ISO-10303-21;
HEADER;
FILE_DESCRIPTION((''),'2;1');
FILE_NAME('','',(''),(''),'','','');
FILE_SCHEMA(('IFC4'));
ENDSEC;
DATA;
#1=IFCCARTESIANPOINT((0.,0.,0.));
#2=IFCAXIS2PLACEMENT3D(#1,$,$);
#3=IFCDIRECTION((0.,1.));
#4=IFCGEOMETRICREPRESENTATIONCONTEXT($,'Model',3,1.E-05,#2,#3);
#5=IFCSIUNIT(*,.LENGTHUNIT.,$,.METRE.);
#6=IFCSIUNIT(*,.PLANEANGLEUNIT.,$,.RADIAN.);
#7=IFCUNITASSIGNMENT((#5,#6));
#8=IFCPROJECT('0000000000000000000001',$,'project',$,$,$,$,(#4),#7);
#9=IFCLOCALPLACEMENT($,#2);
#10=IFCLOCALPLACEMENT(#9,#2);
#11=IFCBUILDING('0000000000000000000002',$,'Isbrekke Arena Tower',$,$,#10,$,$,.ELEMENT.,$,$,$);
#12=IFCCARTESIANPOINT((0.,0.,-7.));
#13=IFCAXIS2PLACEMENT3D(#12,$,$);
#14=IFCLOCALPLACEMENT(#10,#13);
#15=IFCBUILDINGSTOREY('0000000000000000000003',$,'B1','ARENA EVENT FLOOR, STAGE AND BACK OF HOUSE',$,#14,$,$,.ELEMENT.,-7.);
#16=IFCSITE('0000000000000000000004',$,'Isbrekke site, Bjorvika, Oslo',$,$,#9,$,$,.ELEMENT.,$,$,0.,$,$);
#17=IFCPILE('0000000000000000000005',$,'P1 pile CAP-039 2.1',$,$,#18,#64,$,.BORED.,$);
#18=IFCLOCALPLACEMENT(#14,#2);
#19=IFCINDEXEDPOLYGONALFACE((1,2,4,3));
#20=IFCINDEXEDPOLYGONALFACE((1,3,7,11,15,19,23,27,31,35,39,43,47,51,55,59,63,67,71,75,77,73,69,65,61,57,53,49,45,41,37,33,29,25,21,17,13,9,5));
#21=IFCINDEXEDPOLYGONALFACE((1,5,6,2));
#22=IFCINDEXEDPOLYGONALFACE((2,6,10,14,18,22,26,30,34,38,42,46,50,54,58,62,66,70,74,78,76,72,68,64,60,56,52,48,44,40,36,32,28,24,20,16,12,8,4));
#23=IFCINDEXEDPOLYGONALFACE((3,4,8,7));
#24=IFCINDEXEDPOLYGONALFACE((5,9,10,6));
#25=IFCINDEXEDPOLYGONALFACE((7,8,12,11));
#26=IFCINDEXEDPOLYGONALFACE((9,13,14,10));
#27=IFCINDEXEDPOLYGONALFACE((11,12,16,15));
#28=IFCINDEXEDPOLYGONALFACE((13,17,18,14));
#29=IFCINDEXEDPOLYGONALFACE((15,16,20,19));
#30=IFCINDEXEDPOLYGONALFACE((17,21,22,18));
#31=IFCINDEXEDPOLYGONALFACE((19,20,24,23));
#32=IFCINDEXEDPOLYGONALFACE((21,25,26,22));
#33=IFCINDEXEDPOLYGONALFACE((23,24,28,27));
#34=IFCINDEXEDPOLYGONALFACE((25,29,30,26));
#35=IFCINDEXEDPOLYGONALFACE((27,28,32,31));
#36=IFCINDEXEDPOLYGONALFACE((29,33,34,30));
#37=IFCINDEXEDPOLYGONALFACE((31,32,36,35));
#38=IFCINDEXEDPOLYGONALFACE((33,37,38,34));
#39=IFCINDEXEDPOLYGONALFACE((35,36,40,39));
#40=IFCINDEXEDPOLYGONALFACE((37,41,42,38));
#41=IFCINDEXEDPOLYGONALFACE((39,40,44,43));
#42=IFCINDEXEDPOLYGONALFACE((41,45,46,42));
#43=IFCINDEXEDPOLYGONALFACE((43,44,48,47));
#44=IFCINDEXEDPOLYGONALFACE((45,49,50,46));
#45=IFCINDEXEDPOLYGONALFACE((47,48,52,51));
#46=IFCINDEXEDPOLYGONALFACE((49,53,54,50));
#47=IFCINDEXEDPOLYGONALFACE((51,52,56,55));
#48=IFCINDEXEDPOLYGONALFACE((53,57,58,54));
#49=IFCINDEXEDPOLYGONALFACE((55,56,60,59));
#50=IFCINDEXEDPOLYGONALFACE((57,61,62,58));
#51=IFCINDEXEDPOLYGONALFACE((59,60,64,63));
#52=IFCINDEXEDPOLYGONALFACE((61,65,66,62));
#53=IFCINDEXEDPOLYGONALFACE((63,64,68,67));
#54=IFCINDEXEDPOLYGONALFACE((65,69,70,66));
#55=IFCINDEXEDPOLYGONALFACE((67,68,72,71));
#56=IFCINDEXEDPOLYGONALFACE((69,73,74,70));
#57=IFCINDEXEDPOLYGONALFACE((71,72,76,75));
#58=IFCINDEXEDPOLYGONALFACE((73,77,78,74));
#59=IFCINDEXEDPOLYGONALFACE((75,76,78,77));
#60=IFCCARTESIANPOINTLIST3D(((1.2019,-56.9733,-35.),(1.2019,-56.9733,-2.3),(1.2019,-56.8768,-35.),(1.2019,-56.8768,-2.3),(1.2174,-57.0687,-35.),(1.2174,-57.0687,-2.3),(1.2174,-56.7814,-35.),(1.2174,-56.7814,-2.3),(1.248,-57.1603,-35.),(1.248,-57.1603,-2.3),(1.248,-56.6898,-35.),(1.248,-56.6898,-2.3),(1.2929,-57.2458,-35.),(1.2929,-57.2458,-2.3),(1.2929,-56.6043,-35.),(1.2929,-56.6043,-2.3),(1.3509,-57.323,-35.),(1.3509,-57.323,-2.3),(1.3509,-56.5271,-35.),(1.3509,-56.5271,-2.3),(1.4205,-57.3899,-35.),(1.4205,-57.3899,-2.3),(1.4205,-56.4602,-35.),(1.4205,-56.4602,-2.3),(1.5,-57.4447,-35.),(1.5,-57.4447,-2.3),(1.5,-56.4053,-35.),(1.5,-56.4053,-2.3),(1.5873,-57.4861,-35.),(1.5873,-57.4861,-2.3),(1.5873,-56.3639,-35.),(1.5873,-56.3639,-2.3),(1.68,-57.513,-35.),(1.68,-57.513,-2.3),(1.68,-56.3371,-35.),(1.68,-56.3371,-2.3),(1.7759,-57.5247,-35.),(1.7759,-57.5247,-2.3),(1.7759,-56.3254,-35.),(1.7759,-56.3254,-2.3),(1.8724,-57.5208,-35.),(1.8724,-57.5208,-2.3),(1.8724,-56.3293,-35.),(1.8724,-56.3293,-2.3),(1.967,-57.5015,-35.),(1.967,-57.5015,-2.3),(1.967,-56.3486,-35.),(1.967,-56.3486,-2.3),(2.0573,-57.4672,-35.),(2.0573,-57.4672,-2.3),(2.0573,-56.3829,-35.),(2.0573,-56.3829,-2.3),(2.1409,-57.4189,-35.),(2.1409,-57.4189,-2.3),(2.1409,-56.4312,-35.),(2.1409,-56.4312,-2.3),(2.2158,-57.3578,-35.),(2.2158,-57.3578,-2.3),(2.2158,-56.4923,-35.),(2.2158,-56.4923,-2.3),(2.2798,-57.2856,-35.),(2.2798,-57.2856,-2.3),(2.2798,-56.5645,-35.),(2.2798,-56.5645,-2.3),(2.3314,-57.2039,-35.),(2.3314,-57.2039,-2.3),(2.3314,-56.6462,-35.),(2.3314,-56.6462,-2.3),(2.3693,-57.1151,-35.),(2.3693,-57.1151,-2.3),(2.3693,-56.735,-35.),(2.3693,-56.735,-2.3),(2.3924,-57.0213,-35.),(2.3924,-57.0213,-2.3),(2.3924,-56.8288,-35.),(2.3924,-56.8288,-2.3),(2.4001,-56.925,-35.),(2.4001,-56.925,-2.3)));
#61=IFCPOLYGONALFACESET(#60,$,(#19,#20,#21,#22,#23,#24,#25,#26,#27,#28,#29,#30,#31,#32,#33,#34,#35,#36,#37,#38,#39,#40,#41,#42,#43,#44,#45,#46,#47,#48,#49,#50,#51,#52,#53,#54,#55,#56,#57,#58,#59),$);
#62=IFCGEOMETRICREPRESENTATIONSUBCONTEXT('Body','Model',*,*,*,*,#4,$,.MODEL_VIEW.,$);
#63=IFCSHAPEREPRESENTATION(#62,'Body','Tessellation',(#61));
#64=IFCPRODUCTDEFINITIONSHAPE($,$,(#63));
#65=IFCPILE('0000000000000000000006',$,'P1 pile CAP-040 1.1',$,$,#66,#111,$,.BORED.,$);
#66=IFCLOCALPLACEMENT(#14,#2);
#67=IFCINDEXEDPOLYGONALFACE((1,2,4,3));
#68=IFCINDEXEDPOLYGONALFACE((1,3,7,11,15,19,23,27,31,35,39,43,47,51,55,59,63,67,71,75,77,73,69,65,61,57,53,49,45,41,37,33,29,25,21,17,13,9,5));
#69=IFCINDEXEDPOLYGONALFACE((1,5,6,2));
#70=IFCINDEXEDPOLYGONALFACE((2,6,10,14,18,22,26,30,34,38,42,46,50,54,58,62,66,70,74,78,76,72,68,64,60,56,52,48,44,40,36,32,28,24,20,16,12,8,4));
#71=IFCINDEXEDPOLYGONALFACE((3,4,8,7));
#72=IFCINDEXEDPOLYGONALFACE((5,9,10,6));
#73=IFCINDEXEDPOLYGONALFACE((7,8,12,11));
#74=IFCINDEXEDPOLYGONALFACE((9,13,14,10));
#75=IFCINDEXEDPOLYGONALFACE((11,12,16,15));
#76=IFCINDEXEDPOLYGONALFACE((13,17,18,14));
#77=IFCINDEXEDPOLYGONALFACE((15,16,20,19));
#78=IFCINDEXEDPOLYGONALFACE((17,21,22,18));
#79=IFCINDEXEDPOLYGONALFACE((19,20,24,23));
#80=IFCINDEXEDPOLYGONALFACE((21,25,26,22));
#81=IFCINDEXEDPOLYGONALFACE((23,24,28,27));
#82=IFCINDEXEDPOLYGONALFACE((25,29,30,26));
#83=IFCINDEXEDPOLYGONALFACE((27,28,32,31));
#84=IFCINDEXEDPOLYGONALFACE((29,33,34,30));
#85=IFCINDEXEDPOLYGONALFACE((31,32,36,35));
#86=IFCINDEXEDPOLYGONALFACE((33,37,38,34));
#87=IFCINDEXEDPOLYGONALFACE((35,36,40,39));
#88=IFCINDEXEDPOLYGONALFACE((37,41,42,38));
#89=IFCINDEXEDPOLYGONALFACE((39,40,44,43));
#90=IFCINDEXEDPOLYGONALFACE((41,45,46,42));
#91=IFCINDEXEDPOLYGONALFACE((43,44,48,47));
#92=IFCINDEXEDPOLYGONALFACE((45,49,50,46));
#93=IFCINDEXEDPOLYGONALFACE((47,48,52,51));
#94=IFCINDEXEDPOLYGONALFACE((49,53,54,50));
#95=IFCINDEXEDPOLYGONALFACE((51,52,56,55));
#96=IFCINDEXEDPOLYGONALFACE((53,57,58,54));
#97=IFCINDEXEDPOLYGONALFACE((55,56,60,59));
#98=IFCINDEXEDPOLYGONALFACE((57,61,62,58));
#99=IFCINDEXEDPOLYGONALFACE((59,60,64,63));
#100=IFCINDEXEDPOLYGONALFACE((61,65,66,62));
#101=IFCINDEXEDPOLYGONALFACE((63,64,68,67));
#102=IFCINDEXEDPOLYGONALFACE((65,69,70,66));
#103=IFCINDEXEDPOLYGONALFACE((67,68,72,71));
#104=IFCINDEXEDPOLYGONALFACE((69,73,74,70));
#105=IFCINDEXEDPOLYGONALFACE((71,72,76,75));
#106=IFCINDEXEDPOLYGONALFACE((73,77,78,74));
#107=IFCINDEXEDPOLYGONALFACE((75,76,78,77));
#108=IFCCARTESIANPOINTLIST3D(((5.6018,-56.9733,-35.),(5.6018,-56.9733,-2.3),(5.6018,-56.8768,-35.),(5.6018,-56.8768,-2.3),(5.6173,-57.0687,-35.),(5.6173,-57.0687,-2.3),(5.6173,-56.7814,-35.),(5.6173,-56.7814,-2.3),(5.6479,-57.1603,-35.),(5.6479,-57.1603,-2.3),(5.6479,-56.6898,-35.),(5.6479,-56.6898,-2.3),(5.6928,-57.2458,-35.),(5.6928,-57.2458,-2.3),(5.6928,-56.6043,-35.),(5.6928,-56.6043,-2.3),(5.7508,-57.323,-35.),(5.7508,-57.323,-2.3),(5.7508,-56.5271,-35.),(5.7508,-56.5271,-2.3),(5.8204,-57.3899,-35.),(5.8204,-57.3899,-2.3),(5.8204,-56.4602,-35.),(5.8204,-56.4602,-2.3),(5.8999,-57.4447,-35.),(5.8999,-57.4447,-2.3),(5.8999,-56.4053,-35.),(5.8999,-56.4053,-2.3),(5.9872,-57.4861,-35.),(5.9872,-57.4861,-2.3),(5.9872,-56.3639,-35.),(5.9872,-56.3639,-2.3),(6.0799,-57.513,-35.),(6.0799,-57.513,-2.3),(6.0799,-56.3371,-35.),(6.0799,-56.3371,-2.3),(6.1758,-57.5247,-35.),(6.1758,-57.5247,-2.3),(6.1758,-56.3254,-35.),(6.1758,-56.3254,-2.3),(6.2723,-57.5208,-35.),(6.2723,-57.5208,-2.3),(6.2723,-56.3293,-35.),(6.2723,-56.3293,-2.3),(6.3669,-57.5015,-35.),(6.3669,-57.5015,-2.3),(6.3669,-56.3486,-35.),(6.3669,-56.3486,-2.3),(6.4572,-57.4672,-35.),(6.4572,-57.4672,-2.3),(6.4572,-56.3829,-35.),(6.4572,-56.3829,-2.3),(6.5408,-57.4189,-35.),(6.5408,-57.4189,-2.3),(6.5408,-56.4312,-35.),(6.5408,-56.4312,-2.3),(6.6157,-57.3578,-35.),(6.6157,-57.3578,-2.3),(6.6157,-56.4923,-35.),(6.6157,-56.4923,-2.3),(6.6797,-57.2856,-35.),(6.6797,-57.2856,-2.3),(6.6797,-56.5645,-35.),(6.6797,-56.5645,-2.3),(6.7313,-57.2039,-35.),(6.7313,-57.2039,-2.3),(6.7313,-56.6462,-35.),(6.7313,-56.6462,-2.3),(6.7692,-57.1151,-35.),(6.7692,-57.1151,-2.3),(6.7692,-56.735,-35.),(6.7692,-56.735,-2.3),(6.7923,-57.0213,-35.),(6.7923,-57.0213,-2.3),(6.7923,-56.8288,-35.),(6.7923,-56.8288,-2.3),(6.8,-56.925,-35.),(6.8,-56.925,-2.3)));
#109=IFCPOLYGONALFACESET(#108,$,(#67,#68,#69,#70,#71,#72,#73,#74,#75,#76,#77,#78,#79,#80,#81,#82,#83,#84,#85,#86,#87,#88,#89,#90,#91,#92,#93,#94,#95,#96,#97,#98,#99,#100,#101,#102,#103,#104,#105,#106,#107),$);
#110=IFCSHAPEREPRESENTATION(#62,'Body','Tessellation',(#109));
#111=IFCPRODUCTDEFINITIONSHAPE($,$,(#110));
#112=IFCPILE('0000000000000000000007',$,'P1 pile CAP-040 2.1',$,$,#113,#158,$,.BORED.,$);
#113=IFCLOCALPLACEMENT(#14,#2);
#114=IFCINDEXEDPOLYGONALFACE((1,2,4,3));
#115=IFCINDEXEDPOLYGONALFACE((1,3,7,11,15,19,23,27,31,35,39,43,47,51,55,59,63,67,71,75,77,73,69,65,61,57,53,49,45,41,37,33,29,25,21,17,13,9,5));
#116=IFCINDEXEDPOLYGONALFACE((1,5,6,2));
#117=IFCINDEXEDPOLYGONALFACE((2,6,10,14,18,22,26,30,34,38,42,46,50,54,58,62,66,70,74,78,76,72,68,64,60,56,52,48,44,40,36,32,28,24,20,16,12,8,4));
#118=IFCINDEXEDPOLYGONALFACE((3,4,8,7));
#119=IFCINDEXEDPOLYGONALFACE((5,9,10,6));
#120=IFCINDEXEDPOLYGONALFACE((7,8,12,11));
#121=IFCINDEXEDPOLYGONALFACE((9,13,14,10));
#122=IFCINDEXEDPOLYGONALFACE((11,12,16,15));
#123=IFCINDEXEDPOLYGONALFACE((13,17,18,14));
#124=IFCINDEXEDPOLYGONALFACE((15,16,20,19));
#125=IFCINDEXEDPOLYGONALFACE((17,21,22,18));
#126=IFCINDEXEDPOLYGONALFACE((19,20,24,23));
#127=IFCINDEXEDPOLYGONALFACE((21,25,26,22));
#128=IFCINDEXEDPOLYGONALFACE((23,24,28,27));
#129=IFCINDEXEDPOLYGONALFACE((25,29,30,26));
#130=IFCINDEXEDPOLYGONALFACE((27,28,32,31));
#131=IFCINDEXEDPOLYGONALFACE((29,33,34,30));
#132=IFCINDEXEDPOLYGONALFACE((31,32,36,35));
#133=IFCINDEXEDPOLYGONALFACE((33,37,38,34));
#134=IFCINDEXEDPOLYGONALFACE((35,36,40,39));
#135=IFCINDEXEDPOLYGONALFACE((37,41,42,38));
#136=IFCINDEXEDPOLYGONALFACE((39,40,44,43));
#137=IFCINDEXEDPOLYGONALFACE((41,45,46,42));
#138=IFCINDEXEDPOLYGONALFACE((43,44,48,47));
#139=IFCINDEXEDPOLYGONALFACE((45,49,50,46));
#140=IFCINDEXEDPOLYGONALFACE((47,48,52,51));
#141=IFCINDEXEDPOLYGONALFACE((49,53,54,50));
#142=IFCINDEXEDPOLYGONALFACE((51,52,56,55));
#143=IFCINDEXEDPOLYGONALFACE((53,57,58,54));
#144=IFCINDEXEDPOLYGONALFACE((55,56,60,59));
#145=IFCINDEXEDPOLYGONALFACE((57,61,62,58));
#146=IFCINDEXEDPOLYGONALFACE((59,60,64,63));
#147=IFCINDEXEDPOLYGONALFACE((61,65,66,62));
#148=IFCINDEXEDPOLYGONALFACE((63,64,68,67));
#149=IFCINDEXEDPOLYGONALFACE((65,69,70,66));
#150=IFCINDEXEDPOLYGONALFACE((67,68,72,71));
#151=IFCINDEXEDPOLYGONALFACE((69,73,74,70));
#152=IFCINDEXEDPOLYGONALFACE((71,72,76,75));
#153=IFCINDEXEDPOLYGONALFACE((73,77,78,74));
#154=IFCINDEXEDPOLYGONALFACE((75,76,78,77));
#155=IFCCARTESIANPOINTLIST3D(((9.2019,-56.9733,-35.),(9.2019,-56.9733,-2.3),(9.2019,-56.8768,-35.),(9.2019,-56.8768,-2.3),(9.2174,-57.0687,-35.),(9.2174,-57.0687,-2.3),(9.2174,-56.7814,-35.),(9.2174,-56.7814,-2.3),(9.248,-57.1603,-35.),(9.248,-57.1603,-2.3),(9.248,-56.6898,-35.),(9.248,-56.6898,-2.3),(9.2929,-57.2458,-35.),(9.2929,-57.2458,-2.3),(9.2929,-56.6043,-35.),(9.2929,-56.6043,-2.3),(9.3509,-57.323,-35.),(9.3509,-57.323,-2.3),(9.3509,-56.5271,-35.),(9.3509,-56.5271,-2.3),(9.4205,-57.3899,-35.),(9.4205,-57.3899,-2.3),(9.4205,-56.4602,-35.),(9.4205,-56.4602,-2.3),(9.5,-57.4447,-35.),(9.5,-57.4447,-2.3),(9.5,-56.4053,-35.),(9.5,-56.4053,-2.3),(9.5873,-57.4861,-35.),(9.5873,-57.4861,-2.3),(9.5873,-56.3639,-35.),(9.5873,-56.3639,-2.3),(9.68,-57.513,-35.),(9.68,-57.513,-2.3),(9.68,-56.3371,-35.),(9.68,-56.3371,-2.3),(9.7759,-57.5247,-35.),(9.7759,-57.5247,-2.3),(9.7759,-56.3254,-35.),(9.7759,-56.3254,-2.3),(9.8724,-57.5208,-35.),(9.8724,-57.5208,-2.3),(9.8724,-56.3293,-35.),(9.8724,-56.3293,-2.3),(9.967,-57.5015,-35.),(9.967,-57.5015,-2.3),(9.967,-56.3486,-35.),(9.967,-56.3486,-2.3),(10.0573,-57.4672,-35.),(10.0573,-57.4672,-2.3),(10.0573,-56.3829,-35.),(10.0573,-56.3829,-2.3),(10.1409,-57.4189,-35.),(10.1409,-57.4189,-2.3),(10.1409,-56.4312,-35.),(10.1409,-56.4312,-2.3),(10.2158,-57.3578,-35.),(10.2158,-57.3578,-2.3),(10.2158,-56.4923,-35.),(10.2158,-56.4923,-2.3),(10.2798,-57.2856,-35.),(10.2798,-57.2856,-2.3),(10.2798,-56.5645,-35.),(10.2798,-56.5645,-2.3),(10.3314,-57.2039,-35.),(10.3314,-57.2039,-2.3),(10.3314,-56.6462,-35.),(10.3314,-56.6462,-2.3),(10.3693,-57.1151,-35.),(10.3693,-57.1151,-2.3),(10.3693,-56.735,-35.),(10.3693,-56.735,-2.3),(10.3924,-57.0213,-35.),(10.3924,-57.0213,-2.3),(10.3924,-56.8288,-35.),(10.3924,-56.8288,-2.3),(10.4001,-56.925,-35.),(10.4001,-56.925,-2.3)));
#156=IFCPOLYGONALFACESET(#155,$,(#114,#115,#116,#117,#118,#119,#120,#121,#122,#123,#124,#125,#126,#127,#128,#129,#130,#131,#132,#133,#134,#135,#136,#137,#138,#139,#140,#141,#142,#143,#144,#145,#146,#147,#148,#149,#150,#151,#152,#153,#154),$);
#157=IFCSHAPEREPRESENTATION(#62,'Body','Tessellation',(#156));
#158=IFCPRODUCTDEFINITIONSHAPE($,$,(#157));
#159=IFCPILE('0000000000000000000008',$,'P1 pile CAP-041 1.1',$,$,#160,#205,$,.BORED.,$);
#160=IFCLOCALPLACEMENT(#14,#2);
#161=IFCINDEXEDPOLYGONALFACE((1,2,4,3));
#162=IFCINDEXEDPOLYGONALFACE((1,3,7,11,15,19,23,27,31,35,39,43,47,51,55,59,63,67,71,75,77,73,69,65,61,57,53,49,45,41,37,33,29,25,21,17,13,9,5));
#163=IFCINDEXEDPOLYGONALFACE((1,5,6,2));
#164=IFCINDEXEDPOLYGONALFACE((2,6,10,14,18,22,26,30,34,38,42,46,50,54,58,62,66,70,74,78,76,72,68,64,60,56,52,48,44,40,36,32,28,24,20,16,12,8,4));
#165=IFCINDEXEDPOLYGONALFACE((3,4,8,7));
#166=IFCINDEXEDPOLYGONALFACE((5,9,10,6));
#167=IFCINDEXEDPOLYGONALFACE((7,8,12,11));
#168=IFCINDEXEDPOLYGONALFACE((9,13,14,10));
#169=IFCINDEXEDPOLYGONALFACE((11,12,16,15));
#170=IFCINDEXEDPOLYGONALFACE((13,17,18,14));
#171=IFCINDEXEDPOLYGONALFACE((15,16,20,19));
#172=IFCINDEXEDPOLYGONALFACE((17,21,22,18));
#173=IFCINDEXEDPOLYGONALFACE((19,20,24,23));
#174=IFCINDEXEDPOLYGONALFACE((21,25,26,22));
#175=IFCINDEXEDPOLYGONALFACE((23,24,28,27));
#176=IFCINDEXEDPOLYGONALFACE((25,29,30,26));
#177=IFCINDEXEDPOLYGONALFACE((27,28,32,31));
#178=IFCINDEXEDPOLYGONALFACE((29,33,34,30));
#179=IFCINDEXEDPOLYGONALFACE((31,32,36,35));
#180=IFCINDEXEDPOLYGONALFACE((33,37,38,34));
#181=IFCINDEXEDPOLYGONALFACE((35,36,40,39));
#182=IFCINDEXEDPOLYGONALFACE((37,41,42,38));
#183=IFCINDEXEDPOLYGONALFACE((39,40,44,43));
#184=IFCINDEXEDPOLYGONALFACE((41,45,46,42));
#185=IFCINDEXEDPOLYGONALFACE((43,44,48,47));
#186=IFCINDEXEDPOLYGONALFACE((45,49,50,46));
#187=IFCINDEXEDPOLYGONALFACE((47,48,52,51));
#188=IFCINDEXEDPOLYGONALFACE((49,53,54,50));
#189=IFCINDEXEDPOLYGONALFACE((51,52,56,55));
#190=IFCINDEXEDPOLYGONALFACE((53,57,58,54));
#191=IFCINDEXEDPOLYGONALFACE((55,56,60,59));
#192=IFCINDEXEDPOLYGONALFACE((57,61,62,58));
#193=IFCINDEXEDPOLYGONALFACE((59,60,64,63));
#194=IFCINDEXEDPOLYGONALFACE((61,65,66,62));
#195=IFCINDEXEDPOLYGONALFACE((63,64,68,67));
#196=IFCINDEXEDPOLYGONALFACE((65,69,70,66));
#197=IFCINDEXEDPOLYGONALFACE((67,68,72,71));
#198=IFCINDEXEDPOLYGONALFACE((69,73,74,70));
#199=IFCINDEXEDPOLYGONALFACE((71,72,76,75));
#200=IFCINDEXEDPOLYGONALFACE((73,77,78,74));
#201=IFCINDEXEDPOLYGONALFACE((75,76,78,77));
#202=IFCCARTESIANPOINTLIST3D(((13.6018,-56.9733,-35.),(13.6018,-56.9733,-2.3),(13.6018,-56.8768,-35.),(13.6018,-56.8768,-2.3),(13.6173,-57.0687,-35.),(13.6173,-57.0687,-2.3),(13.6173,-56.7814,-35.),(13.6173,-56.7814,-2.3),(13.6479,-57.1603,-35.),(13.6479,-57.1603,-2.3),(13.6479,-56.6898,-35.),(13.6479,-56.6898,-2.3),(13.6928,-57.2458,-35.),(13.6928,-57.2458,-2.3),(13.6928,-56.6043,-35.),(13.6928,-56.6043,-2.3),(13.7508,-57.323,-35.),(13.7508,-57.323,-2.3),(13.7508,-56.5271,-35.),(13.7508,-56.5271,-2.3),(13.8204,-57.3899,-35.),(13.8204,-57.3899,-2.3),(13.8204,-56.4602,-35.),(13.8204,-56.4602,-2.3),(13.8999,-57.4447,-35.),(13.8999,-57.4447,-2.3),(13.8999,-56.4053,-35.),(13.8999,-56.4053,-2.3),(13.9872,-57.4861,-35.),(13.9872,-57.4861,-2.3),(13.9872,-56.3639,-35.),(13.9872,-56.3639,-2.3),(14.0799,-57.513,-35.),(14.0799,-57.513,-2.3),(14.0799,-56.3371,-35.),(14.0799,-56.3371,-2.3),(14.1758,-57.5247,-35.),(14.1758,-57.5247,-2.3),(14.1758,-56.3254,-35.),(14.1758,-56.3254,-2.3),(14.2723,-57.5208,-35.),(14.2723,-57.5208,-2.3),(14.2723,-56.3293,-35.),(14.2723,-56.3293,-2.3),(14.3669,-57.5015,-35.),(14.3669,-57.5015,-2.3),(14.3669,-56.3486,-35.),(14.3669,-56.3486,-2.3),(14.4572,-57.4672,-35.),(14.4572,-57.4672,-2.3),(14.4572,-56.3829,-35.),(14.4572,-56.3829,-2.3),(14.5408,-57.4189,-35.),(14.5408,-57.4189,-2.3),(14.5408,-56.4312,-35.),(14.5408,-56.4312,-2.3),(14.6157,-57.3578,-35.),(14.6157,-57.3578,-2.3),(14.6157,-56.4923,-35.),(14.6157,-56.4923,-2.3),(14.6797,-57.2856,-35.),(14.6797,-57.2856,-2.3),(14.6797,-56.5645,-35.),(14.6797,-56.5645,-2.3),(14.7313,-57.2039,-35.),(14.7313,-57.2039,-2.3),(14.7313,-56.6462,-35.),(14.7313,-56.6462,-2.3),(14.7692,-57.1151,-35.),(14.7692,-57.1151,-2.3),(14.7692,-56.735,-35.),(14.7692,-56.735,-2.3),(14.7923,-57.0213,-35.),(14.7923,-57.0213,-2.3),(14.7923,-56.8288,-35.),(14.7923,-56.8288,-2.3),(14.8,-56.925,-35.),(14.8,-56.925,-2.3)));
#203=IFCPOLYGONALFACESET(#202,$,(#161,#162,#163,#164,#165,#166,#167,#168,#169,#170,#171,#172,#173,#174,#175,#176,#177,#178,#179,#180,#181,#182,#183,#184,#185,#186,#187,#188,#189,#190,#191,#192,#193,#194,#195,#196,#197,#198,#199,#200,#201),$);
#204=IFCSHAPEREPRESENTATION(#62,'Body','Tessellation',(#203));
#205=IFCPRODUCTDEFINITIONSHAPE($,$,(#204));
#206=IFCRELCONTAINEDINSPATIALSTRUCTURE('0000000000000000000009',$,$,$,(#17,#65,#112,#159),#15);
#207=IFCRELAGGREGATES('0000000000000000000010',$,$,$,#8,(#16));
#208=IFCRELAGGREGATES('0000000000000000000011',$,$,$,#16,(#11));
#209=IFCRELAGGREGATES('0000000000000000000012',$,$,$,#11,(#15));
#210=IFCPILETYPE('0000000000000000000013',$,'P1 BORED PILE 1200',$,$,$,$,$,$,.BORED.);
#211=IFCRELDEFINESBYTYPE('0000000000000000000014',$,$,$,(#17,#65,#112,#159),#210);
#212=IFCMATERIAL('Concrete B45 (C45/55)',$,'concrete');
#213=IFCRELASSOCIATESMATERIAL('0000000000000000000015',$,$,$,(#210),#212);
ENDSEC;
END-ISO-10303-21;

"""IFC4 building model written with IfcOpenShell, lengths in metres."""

from ifc_helpers import new_model, si_unit, direction, frame, origin, origin_2d, place, context, subcontext, project, spatial, circle, extrude, material, material_profile, profile_set, type_object, element, save


model = new_model("IFC4")

# Units and contexts
model_context = context("Model", 3, precision=1e-05, world=origin(), true_north=direction((0.0, 1.0)))
body_context = subcontext(model_context, "Body", "Model", "MODEL_VIEW")
ifc_project = project(units=[si_unit("LENGTHUNIT", "METRE"), si_unit("PLANEANGLEUNIT", "RADIAN")], contexts=[model_context])

# Site, building, storey
site_placement = place(None, origin())
site = spatial("IfcSite", under=ifc_project, at=site_placement, Name="Isbrekke site, Bjorvika, Oslo", CompositionType="ELEMENT", RefElevation=0.0)
building_placement = place(site_placement, origin())
building = spatial("IfcBuilding", under=site, at=building_placement, Name="Isbrekke Arena Tower", CompositionType="ELEMENT")
storey_placement = place(building_placement, frame((0.0, 0.0, -7.0)))
storey = spatial("IfcBuildingStorey", under=building, at=storey_placement, Name="B1", Description="ARENA EVENT FLOOR, STAGE AND BACK OF HOUSE", CompositionType="ELEMENT", Elevation=-7.0)

# Piles
ifc_material_1 = material(Name="Concrete B45 (C45/55)", Category="concrete")
ifc_material_profile_1 = material_profile(ifc_material_1, circle(Radius=0.6001, at=origin_2d()), Name="BORED PILE D1200")
ifc_profile_set_1 = profile_set([ifc_material_profile_1], Name="Concrete B45 (C45/55)")
pile_type = type_object("IfcPileType", Name="P1 BORED PILE 1200", PredefinedType="BORED", material=ifc_profile_set_1)
for number, where, z_axis, x_axis, name in (
    (1, (1.8, -56.925, -2.3), (0.0, 0.0, -1.0), (1.0, 0.0, 0.0), "P1 pile CAP-039 2.1"),
    (2, (6.2, -56.925, -2.3), (0.0, 0.0, -1.0), (1.0, 0.0, 0.0), "P1 pile CAP-040 1.1"),
    (3, (9.8, -56.925, -2.3), (0.0, 0.0, -1.0), (1.0, 0.0, 0.0), "P1 pile CAP-040 2.1"),
    (4, (14.2, -56.925, -2.3), (0.0, 0.0, -1.0), (1.0, 0.0, 0.0), "P1 pile CAP-041 1.1"),
):
    element("IfcPile", number, at=place(storey_placement, frame(where, z_axis=z_axis, x_axis=x_axis)), inside=storey, type_object=pile_type, Name=name, PredefinedType="BORED", context=body_context, shape_type="SweptSolid", body=[
        extrude(circle(Radius=0.6001, at=origin_2d()), origin(), (0.0, 0.0, 1.0), 32.7),
    ])

save(model, "model.ifc")
